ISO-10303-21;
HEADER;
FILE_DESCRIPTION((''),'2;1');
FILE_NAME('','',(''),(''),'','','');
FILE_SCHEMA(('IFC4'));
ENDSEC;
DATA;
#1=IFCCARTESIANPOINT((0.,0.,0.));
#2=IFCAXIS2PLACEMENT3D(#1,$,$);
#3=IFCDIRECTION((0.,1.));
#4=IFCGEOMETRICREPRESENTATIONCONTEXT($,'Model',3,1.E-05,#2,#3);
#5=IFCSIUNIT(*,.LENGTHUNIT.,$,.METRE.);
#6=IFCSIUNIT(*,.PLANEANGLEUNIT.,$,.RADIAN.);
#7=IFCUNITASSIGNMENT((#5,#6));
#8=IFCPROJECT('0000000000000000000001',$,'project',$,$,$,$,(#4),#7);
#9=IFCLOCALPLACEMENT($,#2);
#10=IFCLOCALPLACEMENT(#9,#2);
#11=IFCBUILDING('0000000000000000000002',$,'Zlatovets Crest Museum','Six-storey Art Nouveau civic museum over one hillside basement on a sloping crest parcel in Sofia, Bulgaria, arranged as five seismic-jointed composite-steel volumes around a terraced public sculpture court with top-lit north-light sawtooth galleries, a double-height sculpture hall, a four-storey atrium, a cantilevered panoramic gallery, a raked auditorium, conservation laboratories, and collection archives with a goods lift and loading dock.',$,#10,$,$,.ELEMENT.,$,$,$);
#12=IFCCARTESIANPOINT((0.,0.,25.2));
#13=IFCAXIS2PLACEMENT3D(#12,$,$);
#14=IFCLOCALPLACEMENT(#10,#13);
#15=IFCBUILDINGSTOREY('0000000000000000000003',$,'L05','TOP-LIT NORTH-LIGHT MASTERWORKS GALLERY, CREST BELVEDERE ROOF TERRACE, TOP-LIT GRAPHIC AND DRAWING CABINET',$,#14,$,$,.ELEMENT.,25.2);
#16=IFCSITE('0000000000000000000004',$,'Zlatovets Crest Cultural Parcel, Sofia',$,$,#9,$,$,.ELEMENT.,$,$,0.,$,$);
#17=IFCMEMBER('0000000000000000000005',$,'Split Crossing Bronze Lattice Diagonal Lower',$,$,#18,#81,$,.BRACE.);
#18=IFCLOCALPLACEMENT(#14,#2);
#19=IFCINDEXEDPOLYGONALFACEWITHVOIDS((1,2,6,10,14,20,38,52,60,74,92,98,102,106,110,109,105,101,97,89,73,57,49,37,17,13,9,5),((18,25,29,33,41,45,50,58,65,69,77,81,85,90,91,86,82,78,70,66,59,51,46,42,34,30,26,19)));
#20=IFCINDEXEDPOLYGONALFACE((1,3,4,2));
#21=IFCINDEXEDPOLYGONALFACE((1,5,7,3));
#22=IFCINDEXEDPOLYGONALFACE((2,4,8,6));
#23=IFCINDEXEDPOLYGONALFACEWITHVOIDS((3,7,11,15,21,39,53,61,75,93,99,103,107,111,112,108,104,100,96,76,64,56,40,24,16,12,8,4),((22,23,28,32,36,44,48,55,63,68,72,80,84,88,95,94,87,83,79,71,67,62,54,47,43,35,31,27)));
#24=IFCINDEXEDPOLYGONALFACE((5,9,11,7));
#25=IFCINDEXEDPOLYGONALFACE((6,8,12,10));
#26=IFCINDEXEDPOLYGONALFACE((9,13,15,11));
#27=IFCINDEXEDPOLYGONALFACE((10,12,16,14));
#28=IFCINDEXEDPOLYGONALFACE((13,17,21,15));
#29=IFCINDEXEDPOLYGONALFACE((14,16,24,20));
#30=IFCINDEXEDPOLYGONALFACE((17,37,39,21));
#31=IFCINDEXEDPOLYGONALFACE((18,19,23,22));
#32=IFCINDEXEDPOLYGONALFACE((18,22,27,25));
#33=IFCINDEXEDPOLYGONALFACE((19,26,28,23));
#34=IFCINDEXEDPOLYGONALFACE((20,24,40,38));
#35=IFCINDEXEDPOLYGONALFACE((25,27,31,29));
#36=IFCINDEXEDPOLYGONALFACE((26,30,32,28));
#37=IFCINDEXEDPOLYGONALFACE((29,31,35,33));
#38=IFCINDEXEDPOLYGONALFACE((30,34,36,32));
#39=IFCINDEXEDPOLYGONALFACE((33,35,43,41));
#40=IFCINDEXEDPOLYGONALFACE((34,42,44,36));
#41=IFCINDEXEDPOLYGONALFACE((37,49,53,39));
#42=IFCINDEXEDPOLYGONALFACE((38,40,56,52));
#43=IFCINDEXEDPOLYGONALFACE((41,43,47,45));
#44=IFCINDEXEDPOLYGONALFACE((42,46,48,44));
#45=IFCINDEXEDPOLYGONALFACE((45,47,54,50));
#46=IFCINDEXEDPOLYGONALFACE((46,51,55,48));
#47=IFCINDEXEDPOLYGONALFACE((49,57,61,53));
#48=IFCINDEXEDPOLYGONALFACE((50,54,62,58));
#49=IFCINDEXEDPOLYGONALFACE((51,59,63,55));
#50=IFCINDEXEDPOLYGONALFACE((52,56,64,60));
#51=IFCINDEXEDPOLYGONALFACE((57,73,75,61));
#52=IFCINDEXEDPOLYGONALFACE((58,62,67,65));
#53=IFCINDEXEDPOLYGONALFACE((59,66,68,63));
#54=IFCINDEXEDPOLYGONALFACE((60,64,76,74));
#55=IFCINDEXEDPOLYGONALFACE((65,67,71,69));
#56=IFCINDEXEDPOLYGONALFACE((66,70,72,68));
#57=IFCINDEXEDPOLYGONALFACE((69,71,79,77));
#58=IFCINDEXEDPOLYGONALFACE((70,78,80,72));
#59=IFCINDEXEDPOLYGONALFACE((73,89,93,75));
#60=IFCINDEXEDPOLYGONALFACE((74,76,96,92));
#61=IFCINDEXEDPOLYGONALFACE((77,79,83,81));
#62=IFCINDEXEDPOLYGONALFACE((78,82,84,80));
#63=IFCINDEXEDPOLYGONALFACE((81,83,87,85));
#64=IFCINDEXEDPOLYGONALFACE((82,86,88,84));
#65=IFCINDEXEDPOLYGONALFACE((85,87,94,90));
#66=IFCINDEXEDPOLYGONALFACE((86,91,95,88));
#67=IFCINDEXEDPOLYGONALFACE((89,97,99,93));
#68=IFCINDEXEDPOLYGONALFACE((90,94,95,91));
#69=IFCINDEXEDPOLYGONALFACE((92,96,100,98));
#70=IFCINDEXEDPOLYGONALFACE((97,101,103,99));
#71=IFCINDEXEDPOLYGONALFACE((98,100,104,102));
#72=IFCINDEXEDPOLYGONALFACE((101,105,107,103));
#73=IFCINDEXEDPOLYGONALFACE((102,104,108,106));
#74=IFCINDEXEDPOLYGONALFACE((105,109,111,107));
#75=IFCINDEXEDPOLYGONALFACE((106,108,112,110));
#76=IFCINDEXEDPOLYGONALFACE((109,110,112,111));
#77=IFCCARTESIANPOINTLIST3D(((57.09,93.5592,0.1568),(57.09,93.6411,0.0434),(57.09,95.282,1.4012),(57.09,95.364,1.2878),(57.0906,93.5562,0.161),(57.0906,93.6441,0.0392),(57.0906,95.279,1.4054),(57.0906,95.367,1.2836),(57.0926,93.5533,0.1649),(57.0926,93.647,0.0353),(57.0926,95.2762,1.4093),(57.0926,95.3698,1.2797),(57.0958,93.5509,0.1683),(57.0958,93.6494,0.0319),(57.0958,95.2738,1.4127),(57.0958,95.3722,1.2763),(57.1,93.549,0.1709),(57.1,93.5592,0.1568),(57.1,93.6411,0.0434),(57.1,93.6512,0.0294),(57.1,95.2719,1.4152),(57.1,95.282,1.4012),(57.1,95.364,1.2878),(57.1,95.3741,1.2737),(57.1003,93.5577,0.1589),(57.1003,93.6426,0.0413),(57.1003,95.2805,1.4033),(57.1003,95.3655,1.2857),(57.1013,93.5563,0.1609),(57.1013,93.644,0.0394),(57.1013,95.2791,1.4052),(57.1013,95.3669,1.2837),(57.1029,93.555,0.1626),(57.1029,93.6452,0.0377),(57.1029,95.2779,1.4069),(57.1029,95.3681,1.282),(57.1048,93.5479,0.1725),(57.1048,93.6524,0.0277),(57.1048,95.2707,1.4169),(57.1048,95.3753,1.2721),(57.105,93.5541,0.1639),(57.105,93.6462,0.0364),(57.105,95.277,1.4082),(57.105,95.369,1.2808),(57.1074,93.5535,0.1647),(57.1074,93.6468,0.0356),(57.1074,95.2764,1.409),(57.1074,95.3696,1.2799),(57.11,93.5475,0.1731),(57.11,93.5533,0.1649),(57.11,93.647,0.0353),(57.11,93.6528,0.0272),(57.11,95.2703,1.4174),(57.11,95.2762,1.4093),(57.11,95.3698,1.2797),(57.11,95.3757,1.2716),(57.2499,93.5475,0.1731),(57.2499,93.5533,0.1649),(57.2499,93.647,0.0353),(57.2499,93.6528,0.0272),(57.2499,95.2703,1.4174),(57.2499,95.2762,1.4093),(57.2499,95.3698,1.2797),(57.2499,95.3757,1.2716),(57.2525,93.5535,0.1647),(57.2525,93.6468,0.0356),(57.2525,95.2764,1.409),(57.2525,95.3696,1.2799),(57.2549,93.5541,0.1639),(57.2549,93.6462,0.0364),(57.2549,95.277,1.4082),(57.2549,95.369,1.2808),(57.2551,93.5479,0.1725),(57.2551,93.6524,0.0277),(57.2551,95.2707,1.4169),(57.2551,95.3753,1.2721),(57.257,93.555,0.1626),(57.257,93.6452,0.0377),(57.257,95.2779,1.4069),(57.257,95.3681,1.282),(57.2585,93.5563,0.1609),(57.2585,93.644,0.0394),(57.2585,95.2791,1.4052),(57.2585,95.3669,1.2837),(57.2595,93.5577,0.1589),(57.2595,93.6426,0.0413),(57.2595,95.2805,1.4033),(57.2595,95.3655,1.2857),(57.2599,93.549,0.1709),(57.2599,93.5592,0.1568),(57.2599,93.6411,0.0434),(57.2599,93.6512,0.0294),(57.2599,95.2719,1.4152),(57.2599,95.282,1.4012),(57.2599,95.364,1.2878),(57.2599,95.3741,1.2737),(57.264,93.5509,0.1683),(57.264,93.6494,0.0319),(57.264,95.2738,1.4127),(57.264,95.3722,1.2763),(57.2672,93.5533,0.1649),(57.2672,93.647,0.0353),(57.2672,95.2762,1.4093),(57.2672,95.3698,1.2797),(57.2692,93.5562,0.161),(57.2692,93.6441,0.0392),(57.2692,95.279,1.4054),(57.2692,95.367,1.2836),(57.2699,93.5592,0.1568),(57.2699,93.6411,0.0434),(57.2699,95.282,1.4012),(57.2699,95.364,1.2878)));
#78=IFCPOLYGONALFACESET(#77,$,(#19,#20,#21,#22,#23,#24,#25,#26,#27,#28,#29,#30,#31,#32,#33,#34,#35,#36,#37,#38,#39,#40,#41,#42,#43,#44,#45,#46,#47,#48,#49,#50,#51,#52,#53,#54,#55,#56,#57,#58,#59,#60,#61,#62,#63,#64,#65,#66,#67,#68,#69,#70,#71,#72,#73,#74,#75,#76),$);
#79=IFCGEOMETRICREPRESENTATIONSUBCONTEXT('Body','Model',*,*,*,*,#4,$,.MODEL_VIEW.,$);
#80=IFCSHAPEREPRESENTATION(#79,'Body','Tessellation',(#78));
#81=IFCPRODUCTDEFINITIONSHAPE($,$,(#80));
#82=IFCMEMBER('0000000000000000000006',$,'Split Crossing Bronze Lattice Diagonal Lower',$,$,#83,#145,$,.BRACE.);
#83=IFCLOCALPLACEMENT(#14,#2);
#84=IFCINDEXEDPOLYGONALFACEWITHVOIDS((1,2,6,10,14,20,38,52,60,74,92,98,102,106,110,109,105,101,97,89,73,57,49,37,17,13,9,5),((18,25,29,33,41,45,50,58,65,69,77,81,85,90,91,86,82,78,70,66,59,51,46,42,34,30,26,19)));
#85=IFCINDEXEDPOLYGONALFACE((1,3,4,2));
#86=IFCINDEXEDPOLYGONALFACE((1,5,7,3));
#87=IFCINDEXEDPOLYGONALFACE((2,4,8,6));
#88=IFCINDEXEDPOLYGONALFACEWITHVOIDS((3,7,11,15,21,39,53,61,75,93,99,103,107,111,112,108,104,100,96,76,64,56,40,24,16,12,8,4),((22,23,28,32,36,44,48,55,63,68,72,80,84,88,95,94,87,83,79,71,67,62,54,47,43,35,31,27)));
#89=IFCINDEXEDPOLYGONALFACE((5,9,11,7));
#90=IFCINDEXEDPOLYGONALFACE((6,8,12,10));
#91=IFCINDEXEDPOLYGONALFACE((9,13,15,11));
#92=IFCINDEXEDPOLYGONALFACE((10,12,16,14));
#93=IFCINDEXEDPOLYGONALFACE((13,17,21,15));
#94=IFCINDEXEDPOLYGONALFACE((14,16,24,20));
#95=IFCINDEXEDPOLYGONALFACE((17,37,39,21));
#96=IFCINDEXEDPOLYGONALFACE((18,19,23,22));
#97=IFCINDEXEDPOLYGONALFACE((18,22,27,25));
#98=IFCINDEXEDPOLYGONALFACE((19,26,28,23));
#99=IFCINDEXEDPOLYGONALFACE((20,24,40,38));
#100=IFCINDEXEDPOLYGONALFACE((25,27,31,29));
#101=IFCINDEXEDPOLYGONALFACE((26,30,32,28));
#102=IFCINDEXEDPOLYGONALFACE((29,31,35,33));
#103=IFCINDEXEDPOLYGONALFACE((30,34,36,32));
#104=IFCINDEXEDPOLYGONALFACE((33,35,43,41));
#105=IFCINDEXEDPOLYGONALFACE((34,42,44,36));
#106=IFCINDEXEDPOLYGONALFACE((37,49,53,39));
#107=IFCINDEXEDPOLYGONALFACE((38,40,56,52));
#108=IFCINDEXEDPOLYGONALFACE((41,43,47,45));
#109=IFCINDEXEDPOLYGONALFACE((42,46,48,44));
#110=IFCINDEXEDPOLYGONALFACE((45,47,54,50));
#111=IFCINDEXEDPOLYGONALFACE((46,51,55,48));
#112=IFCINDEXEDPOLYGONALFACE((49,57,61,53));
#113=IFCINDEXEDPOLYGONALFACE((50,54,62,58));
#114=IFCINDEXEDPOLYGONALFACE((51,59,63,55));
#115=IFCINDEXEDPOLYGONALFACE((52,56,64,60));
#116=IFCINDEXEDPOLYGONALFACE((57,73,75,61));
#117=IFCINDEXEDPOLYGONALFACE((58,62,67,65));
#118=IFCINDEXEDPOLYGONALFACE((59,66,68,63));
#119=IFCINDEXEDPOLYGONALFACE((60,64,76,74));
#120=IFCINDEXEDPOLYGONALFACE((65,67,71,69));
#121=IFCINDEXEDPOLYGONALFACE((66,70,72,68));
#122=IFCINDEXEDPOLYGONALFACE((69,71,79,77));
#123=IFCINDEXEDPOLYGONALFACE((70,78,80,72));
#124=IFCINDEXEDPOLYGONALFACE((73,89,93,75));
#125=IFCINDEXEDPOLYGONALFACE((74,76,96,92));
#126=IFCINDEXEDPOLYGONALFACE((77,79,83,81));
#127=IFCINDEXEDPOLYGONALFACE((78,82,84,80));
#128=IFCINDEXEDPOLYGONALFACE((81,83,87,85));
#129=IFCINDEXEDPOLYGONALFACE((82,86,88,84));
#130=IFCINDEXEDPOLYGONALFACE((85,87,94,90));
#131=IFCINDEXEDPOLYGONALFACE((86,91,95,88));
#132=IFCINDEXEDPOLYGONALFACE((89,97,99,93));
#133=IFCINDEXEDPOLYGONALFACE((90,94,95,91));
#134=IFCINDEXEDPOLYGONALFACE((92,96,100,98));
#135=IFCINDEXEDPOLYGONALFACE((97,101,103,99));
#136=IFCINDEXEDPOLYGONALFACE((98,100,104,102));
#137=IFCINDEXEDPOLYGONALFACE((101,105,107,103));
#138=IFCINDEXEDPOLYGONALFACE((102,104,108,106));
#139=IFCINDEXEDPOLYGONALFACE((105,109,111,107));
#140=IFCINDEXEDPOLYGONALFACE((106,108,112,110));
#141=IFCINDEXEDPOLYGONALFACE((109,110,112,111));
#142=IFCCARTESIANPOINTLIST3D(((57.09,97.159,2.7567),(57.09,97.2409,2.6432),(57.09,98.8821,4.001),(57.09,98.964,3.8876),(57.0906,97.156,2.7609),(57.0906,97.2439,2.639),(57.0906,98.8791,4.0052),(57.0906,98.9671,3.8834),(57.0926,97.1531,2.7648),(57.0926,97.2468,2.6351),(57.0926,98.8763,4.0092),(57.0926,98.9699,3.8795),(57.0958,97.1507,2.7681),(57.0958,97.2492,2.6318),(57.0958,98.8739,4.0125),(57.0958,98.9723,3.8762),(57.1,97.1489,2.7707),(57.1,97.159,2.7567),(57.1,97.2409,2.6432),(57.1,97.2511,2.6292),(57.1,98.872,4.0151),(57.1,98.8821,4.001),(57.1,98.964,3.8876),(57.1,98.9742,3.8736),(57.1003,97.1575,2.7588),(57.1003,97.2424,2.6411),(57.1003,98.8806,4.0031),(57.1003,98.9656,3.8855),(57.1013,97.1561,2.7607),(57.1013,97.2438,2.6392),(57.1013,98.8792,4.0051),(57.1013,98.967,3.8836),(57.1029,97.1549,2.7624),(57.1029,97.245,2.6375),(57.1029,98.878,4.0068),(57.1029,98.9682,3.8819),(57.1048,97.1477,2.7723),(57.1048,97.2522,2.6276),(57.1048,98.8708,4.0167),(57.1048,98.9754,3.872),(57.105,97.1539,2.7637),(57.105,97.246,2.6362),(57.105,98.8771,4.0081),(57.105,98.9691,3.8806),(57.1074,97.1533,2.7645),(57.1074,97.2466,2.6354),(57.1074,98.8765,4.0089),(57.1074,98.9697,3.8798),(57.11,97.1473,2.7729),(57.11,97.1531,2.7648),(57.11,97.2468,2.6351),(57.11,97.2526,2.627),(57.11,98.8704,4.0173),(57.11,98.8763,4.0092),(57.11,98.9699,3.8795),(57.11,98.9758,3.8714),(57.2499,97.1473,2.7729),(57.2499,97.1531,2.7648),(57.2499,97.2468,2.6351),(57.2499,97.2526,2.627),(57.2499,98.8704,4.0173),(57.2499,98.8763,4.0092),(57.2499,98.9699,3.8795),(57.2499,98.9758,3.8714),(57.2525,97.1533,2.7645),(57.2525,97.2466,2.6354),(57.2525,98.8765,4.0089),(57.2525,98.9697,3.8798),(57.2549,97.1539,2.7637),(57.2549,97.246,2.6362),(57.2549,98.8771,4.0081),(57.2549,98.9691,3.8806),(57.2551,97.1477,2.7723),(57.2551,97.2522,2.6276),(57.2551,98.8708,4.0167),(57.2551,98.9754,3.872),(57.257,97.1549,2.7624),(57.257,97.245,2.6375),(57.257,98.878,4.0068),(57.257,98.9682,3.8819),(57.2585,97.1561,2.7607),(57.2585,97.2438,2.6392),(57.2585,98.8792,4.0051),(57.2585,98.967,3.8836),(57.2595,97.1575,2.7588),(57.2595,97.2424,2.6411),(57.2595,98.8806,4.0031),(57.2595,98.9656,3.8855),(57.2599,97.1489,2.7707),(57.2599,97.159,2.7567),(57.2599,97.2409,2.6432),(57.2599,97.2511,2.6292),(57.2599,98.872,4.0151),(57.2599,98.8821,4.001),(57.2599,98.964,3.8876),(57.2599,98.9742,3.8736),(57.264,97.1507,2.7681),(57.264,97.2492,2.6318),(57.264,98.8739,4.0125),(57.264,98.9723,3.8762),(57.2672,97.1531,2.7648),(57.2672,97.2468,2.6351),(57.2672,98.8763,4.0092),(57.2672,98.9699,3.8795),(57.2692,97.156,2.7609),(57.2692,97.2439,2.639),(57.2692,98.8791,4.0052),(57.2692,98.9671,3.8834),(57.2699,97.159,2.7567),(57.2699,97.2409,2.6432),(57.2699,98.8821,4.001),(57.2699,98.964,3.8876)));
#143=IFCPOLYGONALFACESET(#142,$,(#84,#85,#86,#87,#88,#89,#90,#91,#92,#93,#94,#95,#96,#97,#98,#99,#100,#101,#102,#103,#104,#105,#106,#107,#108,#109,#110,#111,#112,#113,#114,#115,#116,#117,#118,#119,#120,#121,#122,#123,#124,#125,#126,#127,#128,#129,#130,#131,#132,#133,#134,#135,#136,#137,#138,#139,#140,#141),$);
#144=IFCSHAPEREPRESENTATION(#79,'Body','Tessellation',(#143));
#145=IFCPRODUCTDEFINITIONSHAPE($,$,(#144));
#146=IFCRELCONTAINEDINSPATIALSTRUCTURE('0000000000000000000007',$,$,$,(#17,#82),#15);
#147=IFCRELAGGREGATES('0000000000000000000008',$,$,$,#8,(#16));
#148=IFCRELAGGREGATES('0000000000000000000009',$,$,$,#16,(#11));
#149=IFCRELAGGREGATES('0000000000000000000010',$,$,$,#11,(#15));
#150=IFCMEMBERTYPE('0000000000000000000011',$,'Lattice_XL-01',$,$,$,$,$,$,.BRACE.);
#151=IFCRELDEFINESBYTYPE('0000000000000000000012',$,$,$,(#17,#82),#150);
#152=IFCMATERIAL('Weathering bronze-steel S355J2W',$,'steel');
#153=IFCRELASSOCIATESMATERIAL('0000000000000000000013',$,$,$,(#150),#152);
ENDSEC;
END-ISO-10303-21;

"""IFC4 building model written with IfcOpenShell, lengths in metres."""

from ifc_helpers import new_model, si_unit, direction, frame, origin, origin_2d, place, context, subcontext, project, spatial, hollow_rectangle, extrude, material, material_profile, profile_set, type_object, element, save


model = new_model("IFC4")

# Units and contexts
model_context = context("Model", 3, precision=1e-05, world=origin(), true_north=direction((0.0, 1.0)))
body_context = subcontext(model_context, "Body", "Model", "MODEL_VIEW")
ifc_project = project(units=[si_unit("LENGTHUNIT", "METRE"), si_unit("PLANEANGLEUNIT", "RADIAN")], contexts=[model_context])

# Site, building, storey
site_placement = place(None, origin())
site = spatial("IfcSite", under=ifc_project, at=site_placement, Name="Zlatovets Crest Cultural Parcel, Sofia", CompositionType="ELEMENT", RefElevation=0.0)
building_placement = place(site_placement, origin())
building = spatial("IfcBuilding", under=site, at=building_placement, Name="Zlatovets Crest Museum", Description="Six-storey Art Nouveau civic museum over one hillside basement on a sloping crest parcel in Sofia, Bulgaria, arranged as five seismic-jointed composite-steel volumes around a terraced public sculpture court with top-lit north-light sawtooth galleries, a double-height sculpture hall, a four-storey atrium, a cantilevered panoramic gallery, a raked auditorium, conservation laboratories, and collection archives with a goods lift and loading dock.", CompositionType="ELEMENT")
storey_placement = place(building_placement, frame((0.0, 0.0, 25.2)))
storey = spatial("IfcBuildingStorey", under=building, at=storey_placement, Name="L05", Description="TOP-LIT NORTH-LIGHT MASTERWORKS GALLERY, CREST BELVEDERE ROOF TERRACE, TOP-LIT GRAPHIC AND DRAWING CABINET", CompositionType="ELEMENT", Elevation=25.2)

# Members
ifc_material_1 = material(Name="Weathering bronze-steel S355J2W", Category="steel")
ifc_material_profile_1 = material_profile(ifc_material_1, hollow_rectangle(XDim=0.1799, YDim=0.1799, WallThickness=0.01, InnerFilletRadius=0.01, OuterFilletRadius=0.02, at=origin_2d()), Name="SHS 180x180x10.0")
ifc_profile_set_1 = profile_set([ifc_material_profile_1], Name="Weathering bronze-steel S355J2W")
member_type_1 = type_object("IfcMemberType", Name="Lattice_XL-01", PredefinedType="BRACE", material=ifc_profile_set_1)
for number, where, z_axis, x_axis, name in (
    (1, (57.1799, 95.323, 1.3445), (0.0, -0.810664, -0.585512), (1.0, 0.0, 0.0), "Split Crossing Bronze Lattice Diagonal Lower"),
):
    element("IfcMember", number, at=place(storey_placement, frame(where, z_axis=z_axis, x_axis=x_axis)), inside=storey, type_object=member_type_1, Name=name, PredefinedType="BRACE", context=body_context, shape_type="SweptSolid", body=[
        extrude(hollow_rectangle(XDim=0.1799, YDim=0.1799, WallThickness=0.01, InnerFilletRadius=0.01, OuterFilletRadius=0.02, at=origin_2d()), origin(), (0.0, 0.0, 1.0), 2.1252),
    ])
member_1_placement = place(storey_placement, frame((57.1799, 98.9231, 3.9443), z_axis=(0.0, -0.810703, -0.585457), x_axis=(1.0, 0.0, 0.0)))
element("IfcMember", 2, at=member_1_placement, inside=storey, type_object=member_type_1, Name="Split Crossing Bronze Lattice Diagonal Lower", PredefinedType="BRACE", context=body_context, shape_type="SweptSolid", body=[
    extrude(hollow_rectangle(XDim=0.1799, YDim=0.1799, WallThickness=0.01, InnerFilletRadius=0.01, OuterFilletRadius=0.02, at=origin_2d()), origin(), (0.0, 0.0, 1.0), 2.1255),
])

save(model, "model.ifc")
